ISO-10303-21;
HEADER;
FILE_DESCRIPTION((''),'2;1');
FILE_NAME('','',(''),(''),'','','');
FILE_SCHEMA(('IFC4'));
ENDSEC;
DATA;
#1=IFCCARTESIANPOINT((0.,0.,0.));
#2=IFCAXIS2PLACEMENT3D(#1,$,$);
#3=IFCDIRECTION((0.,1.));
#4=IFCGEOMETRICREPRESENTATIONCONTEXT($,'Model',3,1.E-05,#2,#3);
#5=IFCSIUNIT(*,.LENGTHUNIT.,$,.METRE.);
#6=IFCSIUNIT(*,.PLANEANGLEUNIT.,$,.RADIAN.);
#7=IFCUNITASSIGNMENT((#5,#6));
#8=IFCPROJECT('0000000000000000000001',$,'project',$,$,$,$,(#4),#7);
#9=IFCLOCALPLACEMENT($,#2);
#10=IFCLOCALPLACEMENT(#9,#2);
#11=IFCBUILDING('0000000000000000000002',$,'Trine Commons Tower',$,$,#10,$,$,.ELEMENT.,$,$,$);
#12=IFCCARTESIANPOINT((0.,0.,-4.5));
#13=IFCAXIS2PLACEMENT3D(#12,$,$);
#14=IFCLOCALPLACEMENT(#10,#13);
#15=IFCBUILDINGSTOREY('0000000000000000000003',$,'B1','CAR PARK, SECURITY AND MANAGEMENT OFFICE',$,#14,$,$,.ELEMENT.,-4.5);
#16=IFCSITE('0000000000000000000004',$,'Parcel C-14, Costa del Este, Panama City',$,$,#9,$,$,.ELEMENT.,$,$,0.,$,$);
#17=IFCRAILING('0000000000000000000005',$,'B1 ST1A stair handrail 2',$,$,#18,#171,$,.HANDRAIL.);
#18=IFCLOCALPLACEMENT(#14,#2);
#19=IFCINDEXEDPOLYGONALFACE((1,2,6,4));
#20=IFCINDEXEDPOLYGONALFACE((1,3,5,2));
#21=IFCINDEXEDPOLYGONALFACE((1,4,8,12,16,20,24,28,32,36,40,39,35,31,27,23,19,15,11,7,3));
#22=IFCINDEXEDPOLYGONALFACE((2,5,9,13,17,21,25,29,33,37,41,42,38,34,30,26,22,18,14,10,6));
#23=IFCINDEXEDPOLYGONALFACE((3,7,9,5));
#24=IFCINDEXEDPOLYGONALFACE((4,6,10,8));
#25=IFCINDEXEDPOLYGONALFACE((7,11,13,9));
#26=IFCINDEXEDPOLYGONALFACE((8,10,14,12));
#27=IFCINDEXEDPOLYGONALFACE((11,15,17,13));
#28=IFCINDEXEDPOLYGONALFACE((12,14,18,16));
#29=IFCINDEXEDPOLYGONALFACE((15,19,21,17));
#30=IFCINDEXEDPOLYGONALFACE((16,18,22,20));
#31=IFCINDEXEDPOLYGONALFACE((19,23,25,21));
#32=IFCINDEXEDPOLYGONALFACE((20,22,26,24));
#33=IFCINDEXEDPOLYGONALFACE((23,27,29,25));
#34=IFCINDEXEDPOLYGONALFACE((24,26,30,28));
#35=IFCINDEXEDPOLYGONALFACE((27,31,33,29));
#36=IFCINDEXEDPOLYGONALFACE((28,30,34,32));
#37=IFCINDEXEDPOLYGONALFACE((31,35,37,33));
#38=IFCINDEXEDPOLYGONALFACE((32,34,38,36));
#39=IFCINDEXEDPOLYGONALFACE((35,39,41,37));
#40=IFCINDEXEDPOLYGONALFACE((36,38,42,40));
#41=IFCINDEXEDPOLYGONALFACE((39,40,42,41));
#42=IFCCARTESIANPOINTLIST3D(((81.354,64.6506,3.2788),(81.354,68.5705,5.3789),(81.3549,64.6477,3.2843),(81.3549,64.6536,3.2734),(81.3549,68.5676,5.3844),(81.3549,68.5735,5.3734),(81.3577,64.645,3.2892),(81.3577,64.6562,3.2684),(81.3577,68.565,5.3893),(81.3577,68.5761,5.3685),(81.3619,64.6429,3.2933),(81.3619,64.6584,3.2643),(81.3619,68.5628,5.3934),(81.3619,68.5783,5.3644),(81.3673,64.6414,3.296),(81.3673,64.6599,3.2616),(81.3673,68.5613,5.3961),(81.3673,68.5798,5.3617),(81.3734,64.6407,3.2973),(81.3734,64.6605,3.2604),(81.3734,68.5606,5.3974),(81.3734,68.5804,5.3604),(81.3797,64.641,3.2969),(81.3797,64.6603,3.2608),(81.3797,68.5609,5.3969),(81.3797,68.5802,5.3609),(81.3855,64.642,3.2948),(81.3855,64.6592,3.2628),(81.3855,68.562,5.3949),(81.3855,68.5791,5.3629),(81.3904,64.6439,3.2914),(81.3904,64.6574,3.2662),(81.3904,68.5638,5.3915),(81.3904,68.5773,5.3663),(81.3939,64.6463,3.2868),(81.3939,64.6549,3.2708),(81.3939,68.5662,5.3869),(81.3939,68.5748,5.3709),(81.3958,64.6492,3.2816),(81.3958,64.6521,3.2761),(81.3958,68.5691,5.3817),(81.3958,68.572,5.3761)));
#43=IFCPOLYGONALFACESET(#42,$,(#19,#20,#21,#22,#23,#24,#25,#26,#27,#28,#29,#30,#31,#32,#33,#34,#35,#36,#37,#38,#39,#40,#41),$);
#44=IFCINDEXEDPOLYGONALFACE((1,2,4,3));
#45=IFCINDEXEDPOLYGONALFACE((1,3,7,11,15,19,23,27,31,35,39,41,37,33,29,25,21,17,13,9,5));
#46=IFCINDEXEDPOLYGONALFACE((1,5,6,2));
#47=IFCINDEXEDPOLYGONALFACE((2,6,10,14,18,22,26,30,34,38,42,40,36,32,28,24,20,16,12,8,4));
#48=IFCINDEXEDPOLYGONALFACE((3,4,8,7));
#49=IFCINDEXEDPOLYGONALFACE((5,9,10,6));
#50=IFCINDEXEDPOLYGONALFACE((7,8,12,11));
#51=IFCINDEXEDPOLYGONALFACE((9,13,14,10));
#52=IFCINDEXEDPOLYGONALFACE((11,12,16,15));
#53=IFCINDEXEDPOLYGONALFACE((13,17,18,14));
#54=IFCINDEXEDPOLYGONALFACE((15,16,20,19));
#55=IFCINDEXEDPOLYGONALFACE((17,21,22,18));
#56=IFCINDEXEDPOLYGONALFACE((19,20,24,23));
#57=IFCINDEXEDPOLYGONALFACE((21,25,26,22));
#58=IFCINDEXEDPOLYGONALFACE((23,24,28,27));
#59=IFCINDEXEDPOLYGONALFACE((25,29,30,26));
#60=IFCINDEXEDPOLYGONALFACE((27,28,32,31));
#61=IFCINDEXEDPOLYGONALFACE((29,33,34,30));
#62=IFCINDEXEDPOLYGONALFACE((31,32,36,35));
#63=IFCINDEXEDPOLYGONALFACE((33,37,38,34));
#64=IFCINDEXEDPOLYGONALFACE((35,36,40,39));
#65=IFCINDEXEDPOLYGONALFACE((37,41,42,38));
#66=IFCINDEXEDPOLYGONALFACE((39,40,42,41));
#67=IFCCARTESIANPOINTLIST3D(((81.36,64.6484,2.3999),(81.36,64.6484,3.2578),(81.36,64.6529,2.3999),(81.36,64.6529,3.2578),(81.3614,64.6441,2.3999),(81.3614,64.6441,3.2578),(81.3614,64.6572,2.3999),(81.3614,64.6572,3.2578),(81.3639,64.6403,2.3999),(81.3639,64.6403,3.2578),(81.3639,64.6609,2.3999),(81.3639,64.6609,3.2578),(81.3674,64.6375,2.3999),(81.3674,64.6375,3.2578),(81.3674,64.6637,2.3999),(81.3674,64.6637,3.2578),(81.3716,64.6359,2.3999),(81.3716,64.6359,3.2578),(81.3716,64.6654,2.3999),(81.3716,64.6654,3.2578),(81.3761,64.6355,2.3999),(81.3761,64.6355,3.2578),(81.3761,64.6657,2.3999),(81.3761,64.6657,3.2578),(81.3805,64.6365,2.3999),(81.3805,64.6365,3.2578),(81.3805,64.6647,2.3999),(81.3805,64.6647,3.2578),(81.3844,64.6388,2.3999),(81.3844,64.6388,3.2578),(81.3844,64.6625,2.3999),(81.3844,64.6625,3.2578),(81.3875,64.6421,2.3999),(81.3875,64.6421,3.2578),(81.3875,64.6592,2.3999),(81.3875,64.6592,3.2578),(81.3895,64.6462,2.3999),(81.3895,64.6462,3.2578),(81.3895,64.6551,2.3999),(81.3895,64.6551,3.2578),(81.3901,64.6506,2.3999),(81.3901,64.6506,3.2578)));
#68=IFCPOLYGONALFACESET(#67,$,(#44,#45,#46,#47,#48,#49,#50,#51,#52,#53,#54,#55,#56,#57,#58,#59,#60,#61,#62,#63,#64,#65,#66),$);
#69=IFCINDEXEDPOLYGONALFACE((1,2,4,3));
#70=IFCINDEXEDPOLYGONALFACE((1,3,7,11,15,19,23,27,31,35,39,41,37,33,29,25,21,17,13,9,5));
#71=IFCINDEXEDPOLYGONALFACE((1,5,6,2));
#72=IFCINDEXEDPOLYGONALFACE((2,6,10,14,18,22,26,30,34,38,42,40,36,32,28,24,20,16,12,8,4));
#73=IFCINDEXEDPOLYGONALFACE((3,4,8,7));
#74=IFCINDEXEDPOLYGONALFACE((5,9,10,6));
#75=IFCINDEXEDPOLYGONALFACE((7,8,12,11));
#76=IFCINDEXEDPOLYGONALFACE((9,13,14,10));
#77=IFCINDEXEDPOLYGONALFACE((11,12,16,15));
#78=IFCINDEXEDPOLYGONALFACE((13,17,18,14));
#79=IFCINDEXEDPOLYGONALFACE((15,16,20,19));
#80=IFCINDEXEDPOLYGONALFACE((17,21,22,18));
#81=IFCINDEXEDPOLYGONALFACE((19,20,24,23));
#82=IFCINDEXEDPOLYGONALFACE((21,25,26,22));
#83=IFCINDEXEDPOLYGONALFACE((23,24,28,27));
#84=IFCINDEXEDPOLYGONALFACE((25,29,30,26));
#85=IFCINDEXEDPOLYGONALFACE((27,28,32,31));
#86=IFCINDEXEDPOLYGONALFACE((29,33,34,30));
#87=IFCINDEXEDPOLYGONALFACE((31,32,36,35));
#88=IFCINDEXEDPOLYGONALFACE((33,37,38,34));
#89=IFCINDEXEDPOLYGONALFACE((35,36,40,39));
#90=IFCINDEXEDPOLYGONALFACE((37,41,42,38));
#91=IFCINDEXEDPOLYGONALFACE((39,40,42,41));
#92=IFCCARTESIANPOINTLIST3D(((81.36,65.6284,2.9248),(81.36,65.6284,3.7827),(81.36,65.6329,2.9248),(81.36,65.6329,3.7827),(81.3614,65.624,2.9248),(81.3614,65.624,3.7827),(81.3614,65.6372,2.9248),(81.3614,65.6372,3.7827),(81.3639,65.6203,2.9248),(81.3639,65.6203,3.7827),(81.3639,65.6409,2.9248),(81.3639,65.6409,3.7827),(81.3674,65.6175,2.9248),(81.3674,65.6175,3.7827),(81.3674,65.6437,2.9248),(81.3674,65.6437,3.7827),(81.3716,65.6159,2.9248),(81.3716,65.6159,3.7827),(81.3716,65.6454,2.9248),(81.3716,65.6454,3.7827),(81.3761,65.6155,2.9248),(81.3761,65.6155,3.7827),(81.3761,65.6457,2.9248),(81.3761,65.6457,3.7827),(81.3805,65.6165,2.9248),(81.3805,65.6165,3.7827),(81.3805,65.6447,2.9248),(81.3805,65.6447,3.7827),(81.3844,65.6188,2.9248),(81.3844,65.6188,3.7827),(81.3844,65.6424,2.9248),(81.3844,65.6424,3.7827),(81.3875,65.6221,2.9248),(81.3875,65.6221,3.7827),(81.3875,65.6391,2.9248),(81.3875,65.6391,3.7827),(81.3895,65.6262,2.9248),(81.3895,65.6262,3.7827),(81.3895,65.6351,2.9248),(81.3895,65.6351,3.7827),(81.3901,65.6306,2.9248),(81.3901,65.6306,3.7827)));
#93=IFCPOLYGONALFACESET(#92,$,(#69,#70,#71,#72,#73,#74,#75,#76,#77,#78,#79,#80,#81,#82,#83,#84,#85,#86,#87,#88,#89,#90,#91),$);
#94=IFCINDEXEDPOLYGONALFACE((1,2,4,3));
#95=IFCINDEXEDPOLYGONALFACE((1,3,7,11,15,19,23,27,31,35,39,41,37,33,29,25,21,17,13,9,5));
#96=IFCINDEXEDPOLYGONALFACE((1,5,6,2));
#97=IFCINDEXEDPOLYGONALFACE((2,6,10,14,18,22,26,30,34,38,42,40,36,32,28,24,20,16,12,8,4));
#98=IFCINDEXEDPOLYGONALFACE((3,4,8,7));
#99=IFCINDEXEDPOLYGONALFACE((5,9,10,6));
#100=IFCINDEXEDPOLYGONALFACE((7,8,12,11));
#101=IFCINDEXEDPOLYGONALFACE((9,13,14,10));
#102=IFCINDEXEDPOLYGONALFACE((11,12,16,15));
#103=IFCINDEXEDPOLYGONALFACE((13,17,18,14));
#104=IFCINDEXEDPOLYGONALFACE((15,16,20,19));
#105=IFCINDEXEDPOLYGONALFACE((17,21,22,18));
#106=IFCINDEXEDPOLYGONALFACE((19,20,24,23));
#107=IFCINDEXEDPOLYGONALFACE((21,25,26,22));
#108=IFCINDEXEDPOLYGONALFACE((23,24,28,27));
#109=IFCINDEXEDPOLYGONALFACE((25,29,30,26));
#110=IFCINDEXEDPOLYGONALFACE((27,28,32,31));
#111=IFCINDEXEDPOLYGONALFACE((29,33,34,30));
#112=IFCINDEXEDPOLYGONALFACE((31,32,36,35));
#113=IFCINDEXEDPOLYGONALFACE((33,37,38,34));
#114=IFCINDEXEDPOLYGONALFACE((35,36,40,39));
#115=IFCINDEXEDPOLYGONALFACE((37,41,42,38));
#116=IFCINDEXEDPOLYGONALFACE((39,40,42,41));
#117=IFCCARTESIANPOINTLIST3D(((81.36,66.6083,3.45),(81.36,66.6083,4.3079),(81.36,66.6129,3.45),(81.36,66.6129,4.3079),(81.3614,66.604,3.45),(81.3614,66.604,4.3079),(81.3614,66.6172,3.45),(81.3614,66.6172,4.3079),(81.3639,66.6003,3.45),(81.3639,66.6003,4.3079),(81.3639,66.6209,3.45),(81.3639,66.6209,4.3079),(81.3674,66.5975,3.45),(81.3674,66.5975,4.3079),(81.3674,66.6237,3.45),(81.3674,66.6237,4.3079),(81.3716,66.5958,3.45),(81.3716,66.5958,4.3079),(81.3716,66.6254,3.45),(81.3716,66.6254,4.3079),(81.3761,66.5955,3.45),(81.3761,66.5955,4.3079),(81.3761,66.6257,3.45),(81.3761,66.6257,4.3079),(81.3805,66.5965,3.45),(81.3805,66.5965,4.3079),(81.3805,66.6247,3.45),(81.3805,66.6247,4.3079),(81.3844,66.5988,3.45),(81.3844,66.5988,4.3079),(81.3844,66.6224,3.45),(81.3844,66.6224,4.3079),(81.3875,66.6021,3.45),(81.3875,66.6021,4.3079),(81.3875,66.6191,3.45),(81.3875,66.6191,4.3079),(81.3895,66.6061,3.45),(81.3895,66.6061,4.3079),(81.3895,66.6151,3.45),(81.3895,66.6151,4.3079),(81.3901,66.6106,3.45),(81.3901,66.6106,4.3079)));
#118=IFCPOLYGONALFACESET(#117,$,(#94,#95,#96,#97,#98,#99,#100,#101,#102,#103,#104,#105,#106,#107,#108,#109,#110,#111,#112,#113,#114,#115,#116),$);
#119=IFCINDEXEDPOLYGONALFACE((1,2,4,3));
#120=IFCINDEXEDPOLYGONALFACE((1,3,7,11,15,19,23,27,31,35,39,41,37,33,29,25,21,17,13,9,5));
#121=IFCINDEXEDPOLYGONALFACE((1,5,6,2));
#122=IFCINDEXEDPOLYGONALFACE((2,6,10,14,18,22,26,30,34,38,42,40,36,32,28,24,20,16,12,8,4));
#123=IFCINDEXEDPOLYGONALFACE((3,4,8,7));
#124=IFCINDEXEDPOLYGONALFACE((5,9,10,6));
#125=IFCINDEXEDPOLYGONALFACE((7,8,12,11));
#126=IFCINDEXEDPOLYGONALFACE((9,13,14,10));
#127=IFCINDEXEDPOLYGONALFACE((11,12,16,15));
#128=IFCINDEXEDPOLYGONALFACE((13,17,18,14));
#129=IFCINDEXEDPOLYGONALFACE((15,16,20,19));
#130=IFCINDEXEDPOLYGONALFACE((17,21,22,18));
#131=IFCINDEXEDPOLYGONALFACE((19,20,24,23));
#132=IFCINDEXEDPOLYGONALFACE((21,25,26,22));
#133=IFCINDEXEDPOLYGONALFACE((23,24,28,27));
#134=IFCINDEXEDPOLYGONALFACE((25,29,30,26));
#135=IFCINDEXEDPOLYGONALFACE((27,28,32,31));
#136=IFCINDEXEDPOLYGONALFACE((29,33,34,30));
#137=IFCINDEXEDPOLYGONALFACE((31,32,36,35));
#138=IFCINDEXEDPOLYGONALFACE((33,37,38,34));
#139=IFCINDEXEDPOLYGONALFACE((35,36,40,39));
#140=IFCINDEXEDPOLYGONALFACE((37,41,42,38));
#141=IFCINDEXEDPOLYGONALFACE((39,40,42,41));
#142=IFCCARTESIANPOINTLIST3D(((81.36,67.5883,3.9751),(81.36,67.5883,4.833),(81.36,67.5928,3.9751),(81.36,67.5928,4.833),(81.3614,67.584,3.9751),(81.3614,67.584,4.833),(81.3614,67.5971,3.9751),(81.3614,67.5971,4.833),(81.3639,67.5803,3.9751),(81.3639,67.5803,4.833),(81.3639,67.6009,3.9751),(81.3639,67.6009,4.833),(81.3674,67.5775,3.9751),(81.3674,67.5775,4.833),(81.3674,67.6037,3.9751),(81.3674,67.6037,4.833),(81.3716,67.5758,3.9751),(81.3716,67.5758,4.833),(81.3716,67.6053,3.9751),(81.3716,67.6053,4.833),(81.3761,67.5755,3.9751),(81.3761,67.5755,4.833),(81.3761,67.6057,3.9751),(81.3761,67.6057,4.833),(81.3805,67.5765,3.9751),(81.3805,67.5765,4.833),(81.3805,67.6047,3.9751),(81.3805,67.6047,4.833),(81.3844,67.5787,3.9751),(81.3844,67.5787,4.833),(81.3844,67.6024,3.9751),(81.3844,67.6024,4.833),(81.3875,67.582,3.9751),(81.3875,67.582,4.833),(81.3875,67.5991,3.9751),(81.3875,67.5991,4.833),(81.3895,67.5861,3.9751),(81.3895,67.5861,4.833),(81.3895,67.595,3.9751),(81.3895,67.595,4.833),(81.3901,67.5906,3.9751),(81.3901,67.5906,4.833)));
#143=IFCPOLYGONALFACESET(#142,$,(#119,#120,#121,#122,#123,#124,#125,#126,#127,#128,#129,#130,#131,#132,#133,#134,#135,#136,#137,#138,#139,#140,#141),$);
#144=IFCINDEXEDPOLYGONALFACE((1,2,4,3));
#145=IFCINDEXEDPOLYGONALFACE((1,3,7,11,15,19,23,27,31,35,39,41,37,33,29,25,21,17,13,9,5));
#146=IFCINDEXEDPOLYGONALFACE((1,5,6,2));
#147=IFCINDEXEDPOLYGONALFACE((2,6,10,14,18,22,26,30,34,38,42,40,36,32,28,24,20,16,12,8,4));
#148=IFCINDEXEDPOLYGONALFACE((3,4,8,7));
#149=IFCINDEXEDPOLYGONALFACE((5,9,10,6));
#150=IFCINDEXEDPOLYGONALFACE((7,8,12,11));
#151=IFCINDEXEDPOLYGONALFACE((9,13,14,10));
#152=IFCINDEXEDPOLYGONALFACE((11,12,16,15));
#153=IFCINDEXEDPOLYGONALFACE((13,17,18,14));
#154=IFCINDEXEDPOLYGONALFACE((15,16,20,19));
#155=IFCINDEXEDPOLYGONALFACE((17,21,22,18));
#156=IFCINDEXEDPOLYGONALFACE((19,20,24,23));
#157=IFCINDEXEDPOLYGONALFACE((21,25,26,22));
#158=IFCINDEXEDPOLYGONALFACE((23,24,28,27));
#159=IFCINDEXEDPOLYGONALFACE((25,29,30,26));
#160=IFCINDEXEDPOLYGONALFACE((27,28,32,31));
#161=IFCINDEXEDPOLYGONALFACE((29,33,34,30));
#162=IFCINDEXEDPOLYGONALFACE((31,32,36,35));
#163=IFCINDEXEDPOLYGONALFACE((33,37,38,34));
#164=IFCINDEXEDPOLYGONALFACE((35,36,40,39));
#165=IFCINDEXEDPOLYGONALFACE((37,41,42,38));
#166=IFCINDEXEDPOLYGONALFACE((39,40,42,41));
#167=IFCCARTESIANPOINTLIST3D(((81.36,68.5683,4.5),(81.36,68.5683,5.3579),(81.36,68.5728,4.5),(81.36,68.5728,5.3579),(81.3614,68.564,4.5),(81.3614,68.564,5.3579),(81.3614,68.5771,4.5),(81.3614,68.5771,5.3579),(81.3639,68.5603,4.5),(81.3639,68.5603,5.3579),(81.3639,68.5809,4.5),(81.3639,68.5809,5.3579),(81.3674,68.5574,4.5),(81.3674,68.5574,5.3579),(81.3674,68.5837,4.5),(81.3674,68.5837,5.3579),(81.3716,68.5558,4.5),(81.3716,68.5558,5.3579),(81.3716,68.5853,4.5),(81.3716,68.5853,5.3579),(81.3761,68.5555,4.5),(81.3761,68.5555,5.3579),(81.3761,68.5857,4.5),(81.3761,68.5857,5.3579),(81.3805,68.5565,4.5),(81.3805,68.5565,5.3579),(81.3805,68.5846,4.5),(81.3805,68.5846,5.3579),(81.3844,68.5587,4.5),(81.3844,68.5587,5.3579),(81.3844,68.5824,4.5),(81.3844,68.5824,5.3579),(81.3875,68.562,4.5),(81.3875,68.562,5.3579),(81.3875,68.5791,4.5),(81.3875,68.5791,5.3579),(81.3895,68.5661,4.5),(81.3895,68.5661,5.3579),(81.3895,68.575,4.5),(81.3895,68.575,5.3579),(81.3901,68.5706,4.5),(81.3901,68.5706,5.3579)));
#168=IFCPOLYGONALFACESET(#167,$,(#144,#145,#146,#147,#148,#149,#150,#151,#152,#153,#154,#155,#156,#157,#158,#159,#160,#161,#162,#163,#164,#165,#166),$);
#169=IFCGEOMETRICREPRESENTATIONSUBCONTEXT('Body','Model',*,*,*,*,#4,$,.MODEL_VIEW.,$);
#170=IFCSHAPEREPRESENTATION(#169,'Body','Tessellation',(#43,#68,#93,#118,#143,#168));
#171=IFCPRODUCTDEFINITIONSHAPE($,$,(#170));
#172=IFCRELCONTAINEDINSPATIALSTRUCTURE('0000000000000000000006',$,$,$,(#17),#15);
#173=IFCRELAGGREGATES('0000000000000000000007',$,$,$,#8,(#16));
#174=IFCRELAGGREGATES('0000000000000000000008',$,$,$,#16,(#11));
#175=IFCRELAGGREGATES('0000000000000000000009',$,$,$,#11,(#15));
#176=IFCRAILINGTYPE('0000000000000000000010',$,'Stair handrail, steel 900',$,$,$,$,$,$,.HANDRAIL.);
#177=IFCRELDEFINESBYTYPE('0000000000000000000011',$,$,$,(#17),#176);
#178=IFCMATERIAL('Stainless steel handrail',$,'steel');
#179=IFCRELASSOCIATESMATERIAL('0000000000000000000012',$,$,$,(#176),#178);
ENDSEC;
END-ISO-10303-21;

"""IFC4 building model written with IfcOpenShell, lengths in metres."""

from ifc_helpers import new_model, si_unit, direction, frame, origin, origin_2d, place, context, subcontext, project, spatial, circle, extrude, material, type_object, element, save


model = new_model("IFC4")

# Units and contexts
model_context = context("Model", 3, precision=1e-05, world=origin(), true_north=direction((0.0, 1.0)))
body_context = subcontext(model_context, "Body", "Model", "MODEL_VIEW")
ifc_project = project(units=[si_unit("LENGTHUNIT", "METRE"), si_unit("PLANEANGLEUNIT", "RADIAN")], contexts=[model_context])

# Site, building, storey
site_placement = place(None, origin())
site = spatial("IfcSite", under=ifc_project, at=site_placement, Name="Parcel C-14, Costa del Este, Panama City", CompositionType="ELEMENT", RefElevation=0.0)
building_placement = place(site_placement, origin())
building = spatial("IfcBuilding", under=site, at=building_placement, Name="Trine Commons Tower", CompositionType="ELEMENT")
storey_placement = place(building_placement, frame((0.0, 0.0, -4.5)))
storey = spatial("IfcBuildingStorey", under=building, at=storey_placement, Name="B1", Description="CAR PARK, SECURITY AND MANAGEMENT OFFICE", CompositionType="ELEMENT", Elevation=-4.5)

# Railing
ifc_material_1 = material(Name="Stainless steel handrail", Category="steel")
railing_type_1 = type_object("IfcRailingType", Name="Stair handrail, steel 900", PredefinedType="HANDRAIL", material=ifc_material_1)
railing_1_placement = place(storey_placement, frame((81.375, 64.6506, 2.3999)))
element("IfcRailing", 1, at=railing_1_placement, inside=storey, type_object=railing_type_1, Name="B1 ST1A stair handrail 2", PredefinedType="HANDRAIL", context=body_context, shape_type="SweptSolid", body=[
    extrude(circle(Radius=0.021, at=origin_2d()), frame((0.0, 0.0, 0.8789), z_axis=(0.0, 0.881467, 0.472246), x_axis=(-1.0, 0.0, 0.0)), (0.0, 0.0, 1.0), 4.447),
    extrude(circle(Radius=0.0151, at=origin_2d()), origin(), (0.0, 0.0, 1.0), 0.8579),
    extrude(circle(Radius=0.0151, at=origin_2d()), frame((0.0, 0.98, 0.5249)), (0.0, 0.0, 1.0), 0.8579),
    extrude(circle(Radius=0.0151, at=origin_2d()), frame((0.0, 1.96, 1.05)), (0.0, 0.0, 1.0), 0.8579),
    extrude(circle(Radius=0.0151, at=origin_2d()), frame((0.0, 2.9399, 1.5752)), (0.0, 0.0, 1.0), 0.8579),
    extrude(circle(Radius=0.0151, at=origin_2d()), frame((0.0, 3.9199, 2.1001)), (0.0, 0.0, 1.0), 0.8579),
])

save(model, "model.ifc")
